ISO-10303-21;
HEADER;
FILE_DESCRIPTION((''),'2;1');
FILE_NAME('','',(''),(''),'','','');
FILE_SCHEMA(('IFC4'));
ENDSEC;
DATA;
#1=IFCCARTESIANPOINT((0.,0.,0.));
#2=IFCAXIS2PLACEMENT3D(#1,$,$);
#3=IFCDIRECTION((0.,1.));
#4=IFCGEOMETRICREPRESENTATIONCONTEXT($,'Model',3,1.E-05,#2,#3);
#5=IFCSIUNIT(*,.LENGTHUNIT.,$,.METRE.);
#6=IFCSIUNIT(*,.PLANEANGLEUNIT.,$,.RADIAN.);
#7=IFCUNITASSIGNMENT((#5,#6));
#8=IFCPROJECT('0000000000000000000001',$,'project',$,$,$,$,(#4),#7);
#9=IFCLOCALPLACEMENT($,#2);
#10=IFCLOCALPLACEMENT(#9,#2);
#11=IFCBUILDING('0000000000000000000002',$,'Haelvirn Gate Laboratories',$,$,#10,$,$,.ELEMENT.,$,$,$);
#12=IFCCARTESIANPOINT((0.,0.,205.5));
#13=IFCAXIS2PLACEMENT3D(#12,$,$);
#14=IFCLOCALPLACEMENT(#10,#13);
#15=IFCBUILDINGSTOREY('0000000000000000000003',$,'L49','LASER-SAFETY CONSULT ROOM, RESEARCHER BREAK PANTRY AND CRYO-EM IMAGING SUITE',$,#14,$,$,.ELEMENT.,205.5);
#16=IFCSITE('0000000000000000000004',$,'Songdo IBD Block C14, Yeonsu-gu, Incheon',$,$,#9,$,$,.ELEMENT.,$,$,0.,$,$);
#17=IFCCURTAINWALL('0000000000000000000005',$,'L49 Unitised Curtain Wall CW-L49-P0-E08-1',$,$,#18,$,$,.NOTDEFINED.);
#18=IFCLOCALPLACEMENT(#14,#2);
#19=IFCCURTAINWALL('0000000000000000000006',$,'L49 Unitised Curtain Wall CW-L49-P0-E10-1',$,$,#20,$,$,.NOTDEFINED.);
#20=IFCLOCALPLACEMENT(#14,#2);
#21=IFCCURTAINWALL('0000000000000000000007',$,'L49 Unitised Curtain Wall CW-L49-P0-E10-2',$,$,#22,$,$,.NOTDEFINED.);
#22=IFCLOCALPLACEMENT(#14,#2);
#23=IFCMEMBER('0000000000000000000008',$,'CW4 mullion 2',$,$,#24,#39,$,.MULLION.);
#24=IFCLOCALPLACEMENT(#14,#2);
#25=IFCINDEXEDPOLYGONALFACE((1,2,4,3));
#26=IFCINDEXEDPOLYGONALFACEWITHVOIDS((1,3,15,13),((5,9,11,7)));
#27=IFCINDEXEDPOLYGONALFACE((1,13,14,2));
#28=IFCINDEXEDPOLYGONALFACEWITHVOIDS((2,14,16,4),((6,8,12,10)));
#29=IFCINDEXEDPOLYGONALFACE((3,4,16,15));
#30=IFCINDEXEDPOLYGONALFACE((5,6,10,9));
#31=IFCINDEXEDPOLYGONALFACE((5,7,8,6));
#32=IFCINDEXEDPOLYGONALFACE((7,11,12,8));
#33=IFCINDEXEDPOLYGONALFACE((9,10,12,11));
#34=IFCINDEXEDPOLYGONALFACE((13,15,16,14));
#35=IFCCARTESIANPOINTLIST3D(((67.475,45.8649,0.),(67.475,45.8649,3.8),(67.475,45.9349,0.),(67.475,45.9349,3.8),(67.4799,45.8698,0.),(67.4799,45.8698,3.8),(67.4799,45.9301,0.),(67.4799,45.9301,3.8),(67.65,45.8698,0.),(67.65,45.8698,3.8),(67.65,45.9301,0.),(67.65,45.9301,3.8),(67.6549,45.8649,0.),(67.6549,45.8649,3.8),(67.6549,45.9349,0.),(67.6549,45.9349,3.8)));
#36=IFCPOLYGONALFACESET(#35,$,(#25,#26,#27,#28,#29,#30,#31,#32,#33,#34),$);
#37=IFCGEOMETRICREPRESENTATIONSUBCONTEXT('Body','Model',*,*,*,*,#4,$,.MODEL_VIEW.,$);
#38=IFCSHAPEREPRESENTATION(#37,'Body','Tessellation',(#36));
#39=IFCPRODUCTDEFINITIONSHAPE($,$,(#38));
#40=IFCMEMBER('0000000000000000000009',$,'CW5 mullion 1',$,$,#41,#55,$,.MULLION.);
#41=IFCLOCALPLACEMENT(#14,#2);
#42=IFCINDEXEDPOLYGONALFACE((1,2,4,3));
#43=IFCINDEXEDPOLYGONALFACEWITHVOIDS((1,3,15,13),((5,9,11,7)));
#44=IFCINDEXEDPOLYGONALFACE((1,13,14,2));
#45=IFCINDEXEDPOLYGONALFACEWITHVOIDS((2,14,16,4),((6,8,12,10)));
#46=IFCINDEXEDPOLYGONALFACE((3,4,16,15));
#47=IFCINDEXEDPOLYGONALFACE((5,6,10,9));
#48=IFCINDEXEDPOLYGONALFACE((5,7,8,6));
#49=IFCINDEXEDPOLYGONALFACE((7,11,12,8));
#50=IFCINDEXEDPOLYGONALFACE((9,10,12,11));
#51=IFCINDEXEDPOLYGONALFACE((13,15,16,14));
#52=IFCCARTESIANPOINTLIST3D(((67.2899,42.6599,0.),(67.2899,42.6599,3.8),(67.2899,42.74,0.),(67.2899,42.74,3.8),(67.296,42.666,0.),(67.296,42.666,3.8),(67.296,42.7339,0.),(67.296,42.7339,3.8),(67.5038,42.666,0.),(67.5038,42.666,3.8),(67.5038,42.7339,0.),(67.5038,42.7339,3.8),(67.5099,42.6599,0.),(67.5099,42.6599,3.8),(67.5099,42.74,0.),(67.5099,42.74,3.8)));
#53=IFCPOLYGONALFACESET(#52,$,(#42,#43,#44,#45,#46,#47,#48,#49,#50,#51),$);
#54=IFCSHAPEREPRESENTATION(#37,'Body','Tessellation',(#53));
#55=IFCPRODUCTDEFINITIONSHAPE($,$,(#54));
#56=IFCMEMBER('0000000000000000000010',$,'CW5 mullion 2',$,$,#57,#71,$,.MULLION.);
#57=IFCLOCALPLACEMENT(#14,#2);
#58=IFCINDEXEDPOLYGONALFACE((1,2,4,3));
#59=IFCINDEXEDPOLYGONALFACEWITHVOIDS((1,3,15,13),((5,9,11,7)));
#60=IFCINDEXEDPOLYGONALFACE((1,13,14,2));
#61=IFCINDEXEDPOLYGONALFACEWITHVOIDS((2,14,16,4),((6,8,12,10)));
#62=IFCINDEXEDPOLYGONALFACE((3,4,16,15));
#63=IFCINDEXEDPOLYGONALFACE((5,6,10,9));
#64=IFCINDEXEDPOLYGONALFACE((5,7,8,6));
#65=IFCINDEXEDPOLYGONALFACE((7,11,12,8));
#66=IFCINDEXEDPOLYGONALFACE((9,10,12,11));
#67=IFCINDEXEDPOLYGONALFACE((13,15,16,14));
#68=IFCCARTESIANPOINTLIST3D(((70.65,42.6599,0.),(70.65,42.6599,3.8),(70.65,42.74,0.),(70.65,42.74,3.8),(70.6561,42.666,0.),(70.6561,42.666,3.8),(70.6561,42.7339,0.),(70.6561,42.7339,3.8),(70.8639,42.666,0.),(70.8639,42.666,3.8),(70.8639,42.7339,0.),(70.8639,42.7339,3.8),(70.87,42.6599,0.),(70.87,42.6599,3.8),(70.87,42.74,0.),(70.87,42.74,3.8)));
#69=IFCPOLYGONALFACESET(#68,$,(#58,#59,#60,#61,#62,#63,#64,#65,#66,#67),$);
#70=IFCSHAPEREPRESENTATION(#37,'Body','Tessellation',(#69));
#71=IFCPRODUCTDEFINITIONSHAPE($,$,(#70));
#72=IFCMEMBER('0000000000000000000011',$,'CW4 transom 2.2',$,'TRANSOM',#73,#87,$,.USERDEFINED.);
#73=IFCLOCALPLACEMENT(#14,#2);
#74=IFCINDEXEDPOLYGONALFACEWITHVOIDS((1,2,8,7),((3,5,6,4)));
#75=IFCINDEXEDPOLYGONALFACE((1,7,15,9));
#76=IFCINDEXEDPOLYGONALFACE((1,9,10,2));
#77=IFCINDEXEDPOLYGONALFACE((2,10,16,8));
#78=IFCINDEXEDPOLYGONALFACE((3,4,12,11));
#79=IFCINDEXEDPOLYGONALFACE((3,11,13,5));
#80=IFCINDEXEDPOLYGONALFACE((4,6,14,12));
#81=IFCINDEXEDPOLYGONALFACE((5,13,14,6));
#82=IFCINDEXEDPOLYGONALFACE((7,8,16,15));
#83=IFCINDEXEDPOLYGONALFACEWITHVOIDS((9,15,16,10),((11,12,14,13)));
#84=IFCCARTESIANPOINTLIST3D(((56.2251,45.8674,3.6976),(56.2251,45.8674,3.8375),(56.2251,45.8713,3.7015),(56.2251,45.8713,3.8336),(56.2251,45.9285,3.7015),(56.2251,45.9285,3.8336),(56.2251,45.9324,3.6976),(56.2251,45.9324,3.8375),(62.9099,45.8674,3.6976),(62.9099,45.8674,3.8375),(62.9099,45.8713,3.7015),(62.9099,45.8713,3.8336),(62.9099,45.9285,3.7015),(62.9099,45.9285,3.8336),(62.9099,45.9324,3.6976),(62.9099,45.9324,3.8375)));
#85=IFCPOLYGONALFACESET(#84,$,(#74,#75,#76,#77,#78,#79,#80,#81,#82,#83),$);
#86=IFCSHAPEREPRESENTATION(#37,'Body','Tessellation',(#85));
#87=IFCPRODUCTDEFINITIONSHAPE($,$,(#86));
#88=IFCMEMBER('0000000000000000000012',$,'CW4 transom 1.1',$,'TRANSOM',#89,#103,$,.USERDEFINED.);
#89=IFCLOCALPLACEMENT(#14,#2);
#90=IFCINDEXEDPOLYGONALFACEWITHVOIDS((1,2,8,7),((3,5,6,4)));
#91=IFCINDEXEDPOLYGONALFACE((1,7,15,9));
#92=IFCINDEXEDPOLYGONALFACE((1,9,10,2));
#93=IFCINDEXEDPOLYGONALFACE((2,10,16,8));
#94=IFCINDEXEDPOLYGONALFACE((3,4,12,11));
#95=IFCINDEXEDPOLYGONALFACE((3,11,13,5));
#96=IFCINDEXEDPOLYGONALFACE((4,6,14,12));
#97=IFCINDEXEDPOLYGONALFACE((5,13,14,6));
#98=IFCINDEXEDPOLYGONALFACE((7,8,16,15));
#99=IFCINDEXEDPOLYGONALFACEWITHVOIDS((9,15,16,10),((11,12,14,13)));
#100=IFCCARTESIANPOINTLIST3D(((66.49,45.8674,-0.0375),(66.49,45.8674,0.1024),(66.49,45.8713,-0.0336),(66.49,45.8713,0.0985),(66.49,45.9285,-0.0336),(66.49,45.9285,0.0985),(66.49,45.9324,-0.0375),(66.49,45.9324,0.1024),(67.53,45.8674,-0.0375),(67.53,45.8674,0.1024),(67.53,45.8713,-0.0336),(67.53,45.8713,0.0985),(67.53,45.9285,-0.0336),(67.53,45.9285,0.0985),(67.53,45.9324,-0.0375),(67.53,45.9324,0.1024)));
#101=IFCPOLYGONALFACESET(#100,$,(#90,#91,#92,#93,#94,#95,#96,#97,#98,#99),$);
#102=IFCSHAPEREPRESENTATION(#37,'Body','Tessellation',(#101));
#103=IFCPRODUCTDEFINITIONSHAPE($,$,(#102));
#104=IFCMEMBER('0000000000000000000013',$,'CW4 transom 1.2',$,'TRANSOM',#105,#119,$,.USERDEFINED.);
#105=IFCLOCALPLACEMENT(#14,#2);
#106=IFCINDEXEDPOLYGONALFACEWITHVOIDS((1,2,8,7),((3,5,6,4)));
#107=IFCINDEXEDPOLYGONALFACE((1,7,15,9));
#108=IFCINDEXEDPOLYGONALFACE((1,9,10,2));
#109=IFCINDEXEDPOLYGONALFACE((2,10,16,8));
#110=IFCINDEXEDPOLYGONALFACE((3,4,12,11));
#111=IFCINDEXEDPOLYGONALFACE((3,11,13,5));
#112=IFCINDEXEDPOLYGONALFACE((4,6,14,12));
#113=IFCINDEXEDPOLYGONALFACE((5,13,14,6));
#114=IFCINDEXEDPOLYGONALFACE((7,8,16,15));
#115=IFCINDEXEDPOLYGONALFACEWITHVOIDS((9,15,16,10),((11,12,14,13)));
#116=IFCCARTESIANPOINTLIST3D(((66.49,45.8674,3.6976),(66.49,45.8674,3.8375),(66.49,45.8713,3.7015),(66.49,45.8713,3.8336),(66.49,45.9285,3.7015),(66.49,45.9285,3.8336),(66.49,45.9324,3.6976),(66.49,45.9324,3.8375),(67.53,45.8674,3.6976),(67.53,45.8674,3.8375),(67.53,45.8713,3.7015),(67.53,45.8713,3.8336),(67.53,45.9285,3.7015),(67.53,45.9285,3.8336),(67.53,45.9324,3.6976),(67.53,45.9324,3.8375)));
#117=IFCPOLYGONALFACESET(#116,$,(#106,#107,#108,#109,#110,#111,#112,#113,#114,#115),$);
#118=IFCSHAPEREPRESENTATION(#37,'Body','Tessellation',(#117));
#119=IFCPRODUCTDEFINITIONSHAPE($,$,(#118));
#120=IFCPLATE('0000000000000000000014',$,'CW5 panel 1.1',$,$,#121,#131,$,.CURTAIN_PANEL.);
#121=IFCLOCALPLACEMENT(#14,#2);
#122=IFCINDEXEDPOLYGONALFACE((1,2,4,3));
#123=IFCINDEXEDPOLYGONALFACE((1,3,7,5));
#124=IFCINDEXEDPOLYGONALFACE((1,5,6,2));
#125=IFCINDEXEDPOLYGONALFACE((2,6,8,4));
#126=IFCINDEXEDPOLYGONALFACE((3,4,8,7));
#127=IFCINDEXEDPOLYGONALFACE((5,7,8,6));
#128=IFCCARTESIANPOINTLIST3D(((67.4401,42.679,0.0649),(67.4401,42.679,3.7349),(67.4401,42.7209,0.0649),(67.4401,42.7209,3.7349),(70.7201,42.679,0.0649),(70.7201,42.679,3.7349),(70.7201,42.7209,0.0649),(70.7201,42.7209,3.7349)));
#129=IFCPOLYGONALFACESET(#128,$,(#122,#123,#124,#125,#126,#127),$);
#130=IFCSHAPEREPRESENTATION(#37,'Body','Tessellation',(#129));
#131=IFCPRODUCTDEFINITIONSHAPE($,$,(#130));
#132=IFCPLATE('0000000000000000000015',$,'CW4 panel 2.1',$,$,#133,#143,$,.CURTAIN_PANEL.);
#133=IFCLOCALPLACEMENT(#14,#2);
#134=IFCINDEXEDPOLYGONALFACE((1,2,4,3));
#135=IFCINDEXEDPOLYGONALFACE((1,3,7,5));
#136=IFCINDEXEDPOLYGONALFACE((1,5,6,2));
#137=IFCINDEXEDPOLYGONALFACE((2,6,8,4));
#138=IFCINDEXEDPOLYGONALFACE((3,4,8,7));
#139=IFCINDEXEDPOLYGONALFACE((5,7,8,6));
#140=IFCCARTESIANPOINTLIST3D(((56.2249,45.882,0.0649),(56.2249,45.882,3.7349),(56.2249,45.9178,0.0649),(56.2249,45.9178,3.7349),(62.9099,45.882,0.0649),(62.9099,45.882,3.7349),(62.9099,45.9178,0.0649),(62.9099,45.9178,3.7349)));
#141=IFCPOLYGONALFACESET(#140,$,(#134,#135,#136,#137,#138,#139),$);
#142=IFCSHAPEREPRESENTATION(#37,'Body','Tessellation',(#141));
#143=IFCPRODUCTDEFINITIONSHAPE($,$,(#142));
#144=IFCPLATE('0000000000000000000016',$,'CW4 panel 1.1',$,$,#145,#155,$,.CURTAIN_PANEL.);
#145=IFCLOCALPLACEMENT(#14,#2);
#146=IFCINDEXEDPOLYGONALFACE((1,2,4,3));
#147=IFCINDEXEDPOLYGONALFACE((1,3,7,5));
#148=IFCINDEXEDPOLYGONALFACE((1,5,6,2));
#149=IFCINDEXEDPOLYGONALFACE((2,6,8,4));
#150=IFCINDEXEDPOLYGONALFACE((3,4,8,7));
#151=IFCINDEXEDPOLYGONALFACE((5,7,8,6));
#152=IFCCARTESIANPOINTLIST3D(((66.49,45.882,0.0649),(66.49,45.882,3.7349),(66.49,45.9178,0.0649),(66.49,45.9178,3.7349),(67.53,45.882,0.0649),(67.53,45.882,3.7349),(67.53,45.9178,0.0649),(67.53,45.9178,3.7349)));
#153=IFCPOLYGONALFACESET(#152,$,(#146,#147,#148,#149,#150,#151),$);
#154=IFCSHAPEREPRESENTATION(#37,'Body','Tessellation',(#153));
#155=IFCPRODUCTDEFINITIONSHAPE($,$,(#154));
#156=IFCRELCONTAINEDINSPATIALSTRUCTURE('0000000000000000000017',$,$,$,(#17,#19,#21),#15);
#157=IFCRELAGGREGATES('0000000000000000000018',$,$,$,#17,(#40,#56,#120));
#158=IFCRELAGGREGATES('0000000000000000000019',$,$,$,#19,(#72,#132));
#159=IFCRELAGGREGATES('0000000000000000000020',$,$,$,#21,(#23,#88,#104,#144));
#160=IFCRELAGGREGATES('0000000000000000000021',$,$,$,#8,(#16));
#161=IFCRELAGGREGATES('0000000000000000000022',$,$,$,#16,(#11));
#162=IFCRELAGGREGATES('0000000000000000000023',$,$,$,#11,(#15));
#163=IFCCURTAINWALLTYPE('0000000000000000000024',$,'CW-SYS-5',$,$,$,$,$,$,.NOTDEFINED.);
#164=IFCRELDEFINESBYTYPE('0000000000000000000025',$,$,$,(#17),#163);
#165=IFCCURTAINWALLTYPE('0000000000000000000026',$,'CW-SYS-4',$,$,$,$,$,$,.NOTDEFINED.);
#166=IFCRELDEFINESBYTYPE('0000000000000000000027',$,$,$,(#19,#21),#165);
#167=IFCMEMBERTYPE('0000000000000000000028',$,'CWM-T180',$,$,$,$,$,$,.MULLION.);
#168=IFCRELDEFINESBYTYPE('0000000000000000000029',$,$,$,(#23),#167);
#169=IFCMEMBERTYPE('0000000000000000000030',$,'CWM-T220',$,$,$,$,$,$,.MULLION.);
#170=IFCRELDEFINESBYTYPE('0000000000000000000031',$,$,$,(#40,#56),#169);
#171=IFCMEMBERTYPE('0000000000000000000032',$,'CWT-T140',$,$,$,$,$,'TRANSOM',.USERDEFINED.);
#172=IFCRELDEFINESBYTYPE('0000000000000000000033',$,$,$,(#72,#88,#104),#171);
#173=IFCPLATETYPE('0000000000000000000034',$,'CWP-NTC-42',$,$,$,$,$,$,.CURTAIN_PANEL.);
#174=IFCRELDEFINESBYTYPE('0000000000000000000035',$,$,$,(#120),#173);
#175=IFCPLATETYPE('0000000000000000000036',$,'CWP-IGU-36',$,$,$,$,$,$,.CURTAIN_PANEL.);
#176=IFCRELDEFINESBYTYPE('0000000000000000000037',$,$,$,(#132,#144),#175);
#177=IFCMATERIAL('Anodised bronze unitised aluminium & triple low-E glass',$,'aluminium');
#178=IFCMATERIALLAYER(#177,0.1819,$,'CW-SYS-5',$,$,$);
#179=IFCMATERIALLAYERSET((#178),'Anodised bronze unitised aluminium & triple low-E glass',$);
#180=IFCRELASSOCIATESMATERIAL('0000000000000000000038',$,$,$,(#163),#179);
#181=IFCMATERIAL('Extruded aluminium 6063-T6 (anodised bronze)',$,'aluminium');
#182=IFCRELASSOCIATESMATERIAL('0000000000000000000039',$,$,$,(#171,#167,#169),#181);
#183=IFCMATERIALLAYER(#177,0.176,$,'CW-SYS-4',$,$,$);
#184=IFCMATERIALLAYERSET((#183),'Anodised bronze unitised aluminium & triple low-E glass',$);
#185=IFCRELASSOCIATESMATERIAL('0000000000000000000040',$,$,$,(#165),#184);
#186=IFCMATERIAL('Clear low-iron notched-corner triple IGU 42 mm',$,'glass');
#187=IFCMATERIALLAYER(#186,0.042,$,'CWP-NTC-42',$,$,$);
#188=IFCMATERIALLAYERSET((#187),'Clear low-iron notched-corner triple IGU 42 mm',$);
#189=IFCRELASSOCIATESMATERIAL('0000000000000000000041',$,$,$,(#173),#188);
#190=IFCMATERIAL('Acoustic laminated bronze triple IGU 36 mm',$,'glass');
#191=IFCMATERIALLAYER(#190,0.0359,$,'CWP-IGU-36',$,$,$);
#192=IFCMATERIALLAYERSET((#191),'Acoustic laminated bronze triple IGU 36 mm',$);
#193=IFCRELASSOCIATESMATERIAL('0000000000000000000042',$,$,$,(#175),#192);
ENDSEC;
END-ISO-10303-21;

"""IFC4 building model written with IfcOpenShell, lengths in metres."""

from ifc_helpers import new_model, si_unit, direction, frame, origin, origin_2d, place, context, subcontext, project, spatial, rectangle, hollow_rectangle, extrude, source, transform, mapped, material, layer, layer_set, material_profile, profile_set, type_object, type_shapes, element, aggregate, save


model = new_model("IFC4")

# Units and contexts
model_context = context("Model", 3, precision=1e-05, world=origin(), true_north=direction((0.0, 1.0)))
body_context = subcontext(model_context, "Body", "Model", "MODEL_VIEW")
ifc_project = project(units=[si_unit("LENGTHUNIT", "METRE"), si_unit("PLANEANGLEUNIT", "RADIAN")], contexts=[model_context])

# Site, building, storey
site_placement = place(None, origin())
site = spatial("IfcSite", under=ifc_project, at=site_placement, Name="Songdo IBD Block C14, Yeonsu-gu, Incheon", CompositionType="ELEMENT", RefElevation=0.0)
building_placement = place(site_placement, origin())
building = spatial("IfcBuilding", under=site, at=building_placement, Name="Haelvirn Gate Laboratories", CompositionType="ELEMENT")
storey_placement = place(building_placement, frame((0.0, 0.0, 205.5)))
storey = spatial("IfcBuildingStorey", under=building, at=storey_placement, Name="L49", Description="LASER-SAFETY CONSULT ROOM, RESEARCHER BREAK PANTRY AND CRYO-EM IMAGING SUITE", CompositionType="ELEMENT", Elevation=205.5)

# Curtain wall
ifc_material_1 = material(Name="Anodised bronze unitised aluminium & triple low-E glass", Category="aluminium")
ifc_layer_1 = layer(ifc_material_1, 0.1819, Name="CW-SYS-5")
ifc_layer_set_1 = layer_set([ifc_layer_1], Name="Anodised bronze unitised aluminium & triple low-E glass")
curtain_wall_type_1 = type_object("IfcCurtainWallType", Name="CW-SYS-5", PredefinedType="NOTDEFINED", material=ifc_layer_set_1)
curtain_wall_1_placement = place(storey_placement, origin())
curtain_wall_1 = element("IfcCurtainWall", 1, at=curtain_wall_1_placement, inside=storey, type_object=curtain_wall_type_1, Name="L49 Unitised Curtain Wall CW-L49-P0-E08-1", PredefinedType="NOTDEFINED")
ifc_material_2 = material(Name="Extruded aluminium 6063-T6 (anodised bronze)", Category="aluminium")
ifc_material_profile_1 = material_profile(ifc_material_2, hollow_rectangle(XDim=0.0649, YDim=0.1399, WallThickness=0.0039, at=origin_2d()), Name="CWT-140x65x4")
ifc_profile_set_1 = profile_set([ifc_material_profile_1], Name="Extruded aluminium 6063-T6 (anodised bronze)")
member_type_1 = type_object("IfcMemberType", Name="CWT-T140", ElementType="TRANSOM", PredefinedType="USERDEFINED", material=ifc_profile_set_1)

# Curtain wall
ifc_layer_2 = layer(ifc_material_1, 0.176, Name="CW-SYS-4")
ifc_layer_set_2 = layer_set([ifc_layer_2], Name="Anodised bronze unitised aluminium & triple low-E glass")
curtain_wall_type_2 = type_object("IfcCurtainWallType", Name="CW-SYS-4", PredefinedType="NOTDEFINED", material=ifc_layer_set_2)
ifc_material_profile_2 = material_profile(ifc_material_2, hollow_rectangle(XDim=0.0701, YDim=0.1799, WallThickness=0.0049, at=origin_2d()), Name="CWM-180x70x5")
ifc_profile_set_2 = profile_set([ifc_material_profile_2], Name="Extruded aluminium 6063-T6 (anodised bronze)")
member_type_2 = type_object("IfcMemberType", Name="CWM-T180", PredefinedType="MULLION", material=ifc_profile_set_2)
shared_shape_1 = source(origin(), body_context, "Body", "SweptSolid", [
    extrude(hollow_rectangle(XDim=0.0701, YDim=0.1799, WallThickness=0.0049, at=origin_2d()), origin(), (0.0, 0.0, 1.0), 3.8),
])
type_shapes(member_type_2, [shared_shape_1])
curtain_wall_2_placement = place(storey_placement, origin())
curtain_wall_2 = element("IfcCurtainWall", 2, at=curtain_wall_2_placement, inside=storey, type_object=curtain_wall_type_2, Name="L49 Unitised Curtain Wall CW-L49-P0-E10-1", PredefinedType="NOTDEFINED")

# Curtain wall, member
curtain_wall_3_placement = place(storey_placement, origin())
curtain_wall_3 = element("IfcCurtainWall", 3, at=curtain_wall_3_placement, inside=storey, type_object=curtain_wall_type_2, Name="L49 Unitised Curtain Wall CW-L49-P0-E10-2", PredefinedType="NOTDEFINED")
member_1_placement = place(storey_placement, frame((67.5649, 45.8999, 0.0), z_axis=(0.0, 0.0, 1.0), x_axis=(0.0, 1.0, 0.0)))
member_1 = element("IfcMember", 4, at=member_1_placement, type_object=member_type_2, Name="CW4 mullion 2", PredefinedType="MULLION", context=body_context, shape_type="MappedRepresentation", body=[
    mapped(shared_shape_1, transform((0.0, 0.0, 0.0), scale=1.0)),
])

# Members
ifc_material_profile_3 = material_profile(ifc_material_2, hollow_rectangle(XDim=0.0801, YDim=0.22, WallThickness=0.0061, at=origin_2d()), Name="CWM-220x80x6")
ifc_profile_set_3 = profile_set([ifc_material_profile_3], Name="Extruded aluminium 6063-T6 (anodised bronze)")
member_type_3 = type_object("IfcMemberType", Name="CWM-T220", PredefinedType="MULLION", material=ifc_profile_set_3)
shared_shape_2 = source(origin(), body_context, "Body", "SweptSolid", [
    extrude(hollow_rectangle(XDim=0.0801, YDim=0.22, WallThickness=0.0061, at=origin_2d()), origin(), (0.0, 0.0, 1.0), 3.8),
])
type_shapes(member_type_3, [shared_shape_2])
member_2_placement = place(storey_placement, frame((67.3999, 42.7, 0.0), z_axis=(0.0, 0.0, 1.0), x_axis=(0.0, 1.0, 0.0)))
member_2 = element("IfcMember", 5, at=member_2_placement, type_object=member_type_3, Name="CW5 mullion 1", PredefinedType="MULLION", context=body_context, shape_type="MappedRepresentation", body=[
    mapped(shared_shape_2, transform((0.0, 0.0, 0.0), scale=1.0)),
])
member_3_placement = place(storey_placement, frame((70.76, 42.7, 0.0), z_axis=(0.0, 0.0, 1.0), x_axis=(0.0, 1.0, 0.0)))
member_3 = element("IfcMember", 6, at=member_3_placement, type_object=member_type_3, Name="CW5 mullion 2", PredefinedType="MULLION", context=body_context, shape_type="MappedRepresentation", body=[
    mapped(shared_shape_2, transform((0.0, 0.0, 0.0), scale=1.0)),
])
shared_shape_3 = source(origin(), body_context, "Body", "SweptSolid", [
    extrude(hollow_rectangle(XDim=0.0649, YDim=0.1399, WallThickness=0.0039, at=origin_2d()), origin(), (0.0, 0.0, 1.0), 6.6848),
])
member_4_placement = place(storey_placement, frame((56.2251, 45.8999, 3.7676), z_axis=(1.0, 0.0, 0.0), x_axis=(0.0, 1.0, 0.0)))
member_4 = element("IfcMember", 7, at=member_4_placement, type_object=member_type_1, Name="CW4 transom 2.2", ObjectType="TRANSOM", PredefinedType="USERDEFINED", context=body_context, shape_type="MappedRepresentation", body=[
    mapped(shared_shape_3, transform((0.0, 0.0, 0.0), scale=1.0)),
])
shared_shape_4 = source(origin(), body_context, "Body", "SweptSolid", [
    extrude(hollow_rectangle(XDim=0.0649, YDim=0.1399, WallThickness=0.0039, at=origin_2d()), origin(), (0.0, 0.0, 1.0), 1.04),
])
member_5_placement = place(storey_placement, frame((66.49, 45.8999, 0.0325), z_axis=(1.0, 0.0, 0.0), x_axis=(0.0, 1.0, 0.0)))
member_5 = element("IfcMember", 8, at=member_5_placement, type_object=member_type_1, Name="CW4 transom 1.1", ObjectType="TRANSOM", PredefinedType="USERDEFINED", context=body_context, shape_type="MappedRepresentation", body=[
    mapped(shared_shape_4, transform((0.0, 0.0, 0.0), scale=1.0)),
])
member_6_placement = place(storey_placement, frame((66.49, 45.8999, 3.7676), z_axis=(1.0, 0.0, 0.0), x_axis=(0.0, 1.0, 0.0)))
member_6 = element("IfcMember", 9, at=member_6_placement, type_object=member_type_1, Name="CW4 transom 1.2", ObjectType="TRANSOM", PredefinedType="USERDEFINED", context=body_context, shape_type="MappedRepresentation", body=[
    mapped(shared_shape_4, transform((0.0, 0.0, 0.0), scale=1.0)),
])

# Plates
ifc_material_3 = material(Name="Clear low-iron notched-corner triple IGU 42 mm", Category="glass")
ifc_layer_3 = layer(ifc_material_3, 0.042, Name="CWP-NTC-42")
ifc_layer_set_3 = layer_set([ifc_layer_3], Name="Clear low-iron notched-corner triple IGU 42 mm")
plate_type_1 = type_object("IfcPlateType", Name="CWP-NTC-42", PredefinedType="CURTAIN_PANEL", material=ifc_layer_set_3)
shared_shape_5 = source(origin(), body_context, "Body", "SweptSolid", [
    extrude(rectangle(XDim=3.28, YDim=0.042, at=origin_2d()), origin(), (0.0, 0.0, 1.0), 3.6699),
])
type_shapes(plate_type_1, [shared_shape_5])
plate_1_placement = place(storey_placement, frame((69.0801, 42.7, 0.0649), z_axis=(0.0, 0.0, 1.0), x_axis=(1.0, 0.0, 0.0)))
plate_1 = element("IfcPlate", 10, at=plate_1_placement, type_object=plate_type_1, Name="CW5 panel 1.1", PredefinedType="CURTAIN_PANEL", context=body_context, shape_type="MappedRepresentation", body=[
    mapped(shared_shape_5, transform((0.0, 0.0, 0.0), scale=1.0)),
])
aggregate(curtain_wall_1, [member_2, member_3, plate_1])
ifc_material_4 = material(Name="Acoustic laminated bronze triple IGU 36 mm", Category="glass")
ifc_layer_4 = layer(ifc_material_4, 0.0359, Name="CWP-IGU-36")
ifc_layer_set_4 = layer_set([ifc_layer_4], Name="Acoustic laminated bronze triple IGU 36 mm")
plate_type_2 = type_object("IfcPlateType", Name="CWP-IGU-36", PredefinedType="CURTAIN_PANEL", material=ifc_layer_set_4)
shared_shape_6 = source(origin(), body_context, "Body", "SweptSolid", [
    extrude(rectangle(XDim=6.6851, YDim=0.0359, at=origin_2d()), origin(), (0.0, 0.0, 1.0), 3.6699),
])
plate_2_placement = place(storey_placement, frame((59.5674, 45.8999, 0.0649), z_axis=(0.0, 0.0, 1.0), x_axis=(1.0, 0.0, 0.0)))
plate_2 = element("IfcPlate", 11, at=plate_2_placement, type_object=plate_type_2, Name="CW4 panel 2.1", PredefinedType="CURTAIN_PANEL", context=body_context, shape_type="MappedRepresentation", body=[
    mapped(shared_shape_6, transform((0.0, 0.0, 0.0), scale=1.0)),
])
aggregate(curtain_wall_2, [member_4, plate_2])
shared_shape_7 = source(origin(), body_context, "Body", "SweptSolid", [
    extrude(rectangle(XDim=1.04, YDim=0.0359, at=origin_2d()), origin(), (0.0, 0.0, 1.0), 3.6699),
])
type_shapes(plate_type_2, [shared_shape_6, shared_shape_7])
plate_3_placement = place(storey_placement, frame((67.01, 45.8999, 0.0649), z_axis=(0.0, 0.0, 1.0), x_axis=(1.0, 0.0, 0.0)))
plate_3 = element("IfcPlate", 12, at=plate_3_placement, type_object=plate_type_2, Name="CW4 panel 1.1", PredefinedType="CURTAIN_PANEL", context=body_context, shape_type="MappedRepresentation", body=[
    mapped(shared_shape_7, transform((0.0, 0.0, 0.0), scale=1.0)),
])
aggregate(curtain_wall_3, [member_1, member_5, member_6, plate_3])

save(model, "model.ifc")
